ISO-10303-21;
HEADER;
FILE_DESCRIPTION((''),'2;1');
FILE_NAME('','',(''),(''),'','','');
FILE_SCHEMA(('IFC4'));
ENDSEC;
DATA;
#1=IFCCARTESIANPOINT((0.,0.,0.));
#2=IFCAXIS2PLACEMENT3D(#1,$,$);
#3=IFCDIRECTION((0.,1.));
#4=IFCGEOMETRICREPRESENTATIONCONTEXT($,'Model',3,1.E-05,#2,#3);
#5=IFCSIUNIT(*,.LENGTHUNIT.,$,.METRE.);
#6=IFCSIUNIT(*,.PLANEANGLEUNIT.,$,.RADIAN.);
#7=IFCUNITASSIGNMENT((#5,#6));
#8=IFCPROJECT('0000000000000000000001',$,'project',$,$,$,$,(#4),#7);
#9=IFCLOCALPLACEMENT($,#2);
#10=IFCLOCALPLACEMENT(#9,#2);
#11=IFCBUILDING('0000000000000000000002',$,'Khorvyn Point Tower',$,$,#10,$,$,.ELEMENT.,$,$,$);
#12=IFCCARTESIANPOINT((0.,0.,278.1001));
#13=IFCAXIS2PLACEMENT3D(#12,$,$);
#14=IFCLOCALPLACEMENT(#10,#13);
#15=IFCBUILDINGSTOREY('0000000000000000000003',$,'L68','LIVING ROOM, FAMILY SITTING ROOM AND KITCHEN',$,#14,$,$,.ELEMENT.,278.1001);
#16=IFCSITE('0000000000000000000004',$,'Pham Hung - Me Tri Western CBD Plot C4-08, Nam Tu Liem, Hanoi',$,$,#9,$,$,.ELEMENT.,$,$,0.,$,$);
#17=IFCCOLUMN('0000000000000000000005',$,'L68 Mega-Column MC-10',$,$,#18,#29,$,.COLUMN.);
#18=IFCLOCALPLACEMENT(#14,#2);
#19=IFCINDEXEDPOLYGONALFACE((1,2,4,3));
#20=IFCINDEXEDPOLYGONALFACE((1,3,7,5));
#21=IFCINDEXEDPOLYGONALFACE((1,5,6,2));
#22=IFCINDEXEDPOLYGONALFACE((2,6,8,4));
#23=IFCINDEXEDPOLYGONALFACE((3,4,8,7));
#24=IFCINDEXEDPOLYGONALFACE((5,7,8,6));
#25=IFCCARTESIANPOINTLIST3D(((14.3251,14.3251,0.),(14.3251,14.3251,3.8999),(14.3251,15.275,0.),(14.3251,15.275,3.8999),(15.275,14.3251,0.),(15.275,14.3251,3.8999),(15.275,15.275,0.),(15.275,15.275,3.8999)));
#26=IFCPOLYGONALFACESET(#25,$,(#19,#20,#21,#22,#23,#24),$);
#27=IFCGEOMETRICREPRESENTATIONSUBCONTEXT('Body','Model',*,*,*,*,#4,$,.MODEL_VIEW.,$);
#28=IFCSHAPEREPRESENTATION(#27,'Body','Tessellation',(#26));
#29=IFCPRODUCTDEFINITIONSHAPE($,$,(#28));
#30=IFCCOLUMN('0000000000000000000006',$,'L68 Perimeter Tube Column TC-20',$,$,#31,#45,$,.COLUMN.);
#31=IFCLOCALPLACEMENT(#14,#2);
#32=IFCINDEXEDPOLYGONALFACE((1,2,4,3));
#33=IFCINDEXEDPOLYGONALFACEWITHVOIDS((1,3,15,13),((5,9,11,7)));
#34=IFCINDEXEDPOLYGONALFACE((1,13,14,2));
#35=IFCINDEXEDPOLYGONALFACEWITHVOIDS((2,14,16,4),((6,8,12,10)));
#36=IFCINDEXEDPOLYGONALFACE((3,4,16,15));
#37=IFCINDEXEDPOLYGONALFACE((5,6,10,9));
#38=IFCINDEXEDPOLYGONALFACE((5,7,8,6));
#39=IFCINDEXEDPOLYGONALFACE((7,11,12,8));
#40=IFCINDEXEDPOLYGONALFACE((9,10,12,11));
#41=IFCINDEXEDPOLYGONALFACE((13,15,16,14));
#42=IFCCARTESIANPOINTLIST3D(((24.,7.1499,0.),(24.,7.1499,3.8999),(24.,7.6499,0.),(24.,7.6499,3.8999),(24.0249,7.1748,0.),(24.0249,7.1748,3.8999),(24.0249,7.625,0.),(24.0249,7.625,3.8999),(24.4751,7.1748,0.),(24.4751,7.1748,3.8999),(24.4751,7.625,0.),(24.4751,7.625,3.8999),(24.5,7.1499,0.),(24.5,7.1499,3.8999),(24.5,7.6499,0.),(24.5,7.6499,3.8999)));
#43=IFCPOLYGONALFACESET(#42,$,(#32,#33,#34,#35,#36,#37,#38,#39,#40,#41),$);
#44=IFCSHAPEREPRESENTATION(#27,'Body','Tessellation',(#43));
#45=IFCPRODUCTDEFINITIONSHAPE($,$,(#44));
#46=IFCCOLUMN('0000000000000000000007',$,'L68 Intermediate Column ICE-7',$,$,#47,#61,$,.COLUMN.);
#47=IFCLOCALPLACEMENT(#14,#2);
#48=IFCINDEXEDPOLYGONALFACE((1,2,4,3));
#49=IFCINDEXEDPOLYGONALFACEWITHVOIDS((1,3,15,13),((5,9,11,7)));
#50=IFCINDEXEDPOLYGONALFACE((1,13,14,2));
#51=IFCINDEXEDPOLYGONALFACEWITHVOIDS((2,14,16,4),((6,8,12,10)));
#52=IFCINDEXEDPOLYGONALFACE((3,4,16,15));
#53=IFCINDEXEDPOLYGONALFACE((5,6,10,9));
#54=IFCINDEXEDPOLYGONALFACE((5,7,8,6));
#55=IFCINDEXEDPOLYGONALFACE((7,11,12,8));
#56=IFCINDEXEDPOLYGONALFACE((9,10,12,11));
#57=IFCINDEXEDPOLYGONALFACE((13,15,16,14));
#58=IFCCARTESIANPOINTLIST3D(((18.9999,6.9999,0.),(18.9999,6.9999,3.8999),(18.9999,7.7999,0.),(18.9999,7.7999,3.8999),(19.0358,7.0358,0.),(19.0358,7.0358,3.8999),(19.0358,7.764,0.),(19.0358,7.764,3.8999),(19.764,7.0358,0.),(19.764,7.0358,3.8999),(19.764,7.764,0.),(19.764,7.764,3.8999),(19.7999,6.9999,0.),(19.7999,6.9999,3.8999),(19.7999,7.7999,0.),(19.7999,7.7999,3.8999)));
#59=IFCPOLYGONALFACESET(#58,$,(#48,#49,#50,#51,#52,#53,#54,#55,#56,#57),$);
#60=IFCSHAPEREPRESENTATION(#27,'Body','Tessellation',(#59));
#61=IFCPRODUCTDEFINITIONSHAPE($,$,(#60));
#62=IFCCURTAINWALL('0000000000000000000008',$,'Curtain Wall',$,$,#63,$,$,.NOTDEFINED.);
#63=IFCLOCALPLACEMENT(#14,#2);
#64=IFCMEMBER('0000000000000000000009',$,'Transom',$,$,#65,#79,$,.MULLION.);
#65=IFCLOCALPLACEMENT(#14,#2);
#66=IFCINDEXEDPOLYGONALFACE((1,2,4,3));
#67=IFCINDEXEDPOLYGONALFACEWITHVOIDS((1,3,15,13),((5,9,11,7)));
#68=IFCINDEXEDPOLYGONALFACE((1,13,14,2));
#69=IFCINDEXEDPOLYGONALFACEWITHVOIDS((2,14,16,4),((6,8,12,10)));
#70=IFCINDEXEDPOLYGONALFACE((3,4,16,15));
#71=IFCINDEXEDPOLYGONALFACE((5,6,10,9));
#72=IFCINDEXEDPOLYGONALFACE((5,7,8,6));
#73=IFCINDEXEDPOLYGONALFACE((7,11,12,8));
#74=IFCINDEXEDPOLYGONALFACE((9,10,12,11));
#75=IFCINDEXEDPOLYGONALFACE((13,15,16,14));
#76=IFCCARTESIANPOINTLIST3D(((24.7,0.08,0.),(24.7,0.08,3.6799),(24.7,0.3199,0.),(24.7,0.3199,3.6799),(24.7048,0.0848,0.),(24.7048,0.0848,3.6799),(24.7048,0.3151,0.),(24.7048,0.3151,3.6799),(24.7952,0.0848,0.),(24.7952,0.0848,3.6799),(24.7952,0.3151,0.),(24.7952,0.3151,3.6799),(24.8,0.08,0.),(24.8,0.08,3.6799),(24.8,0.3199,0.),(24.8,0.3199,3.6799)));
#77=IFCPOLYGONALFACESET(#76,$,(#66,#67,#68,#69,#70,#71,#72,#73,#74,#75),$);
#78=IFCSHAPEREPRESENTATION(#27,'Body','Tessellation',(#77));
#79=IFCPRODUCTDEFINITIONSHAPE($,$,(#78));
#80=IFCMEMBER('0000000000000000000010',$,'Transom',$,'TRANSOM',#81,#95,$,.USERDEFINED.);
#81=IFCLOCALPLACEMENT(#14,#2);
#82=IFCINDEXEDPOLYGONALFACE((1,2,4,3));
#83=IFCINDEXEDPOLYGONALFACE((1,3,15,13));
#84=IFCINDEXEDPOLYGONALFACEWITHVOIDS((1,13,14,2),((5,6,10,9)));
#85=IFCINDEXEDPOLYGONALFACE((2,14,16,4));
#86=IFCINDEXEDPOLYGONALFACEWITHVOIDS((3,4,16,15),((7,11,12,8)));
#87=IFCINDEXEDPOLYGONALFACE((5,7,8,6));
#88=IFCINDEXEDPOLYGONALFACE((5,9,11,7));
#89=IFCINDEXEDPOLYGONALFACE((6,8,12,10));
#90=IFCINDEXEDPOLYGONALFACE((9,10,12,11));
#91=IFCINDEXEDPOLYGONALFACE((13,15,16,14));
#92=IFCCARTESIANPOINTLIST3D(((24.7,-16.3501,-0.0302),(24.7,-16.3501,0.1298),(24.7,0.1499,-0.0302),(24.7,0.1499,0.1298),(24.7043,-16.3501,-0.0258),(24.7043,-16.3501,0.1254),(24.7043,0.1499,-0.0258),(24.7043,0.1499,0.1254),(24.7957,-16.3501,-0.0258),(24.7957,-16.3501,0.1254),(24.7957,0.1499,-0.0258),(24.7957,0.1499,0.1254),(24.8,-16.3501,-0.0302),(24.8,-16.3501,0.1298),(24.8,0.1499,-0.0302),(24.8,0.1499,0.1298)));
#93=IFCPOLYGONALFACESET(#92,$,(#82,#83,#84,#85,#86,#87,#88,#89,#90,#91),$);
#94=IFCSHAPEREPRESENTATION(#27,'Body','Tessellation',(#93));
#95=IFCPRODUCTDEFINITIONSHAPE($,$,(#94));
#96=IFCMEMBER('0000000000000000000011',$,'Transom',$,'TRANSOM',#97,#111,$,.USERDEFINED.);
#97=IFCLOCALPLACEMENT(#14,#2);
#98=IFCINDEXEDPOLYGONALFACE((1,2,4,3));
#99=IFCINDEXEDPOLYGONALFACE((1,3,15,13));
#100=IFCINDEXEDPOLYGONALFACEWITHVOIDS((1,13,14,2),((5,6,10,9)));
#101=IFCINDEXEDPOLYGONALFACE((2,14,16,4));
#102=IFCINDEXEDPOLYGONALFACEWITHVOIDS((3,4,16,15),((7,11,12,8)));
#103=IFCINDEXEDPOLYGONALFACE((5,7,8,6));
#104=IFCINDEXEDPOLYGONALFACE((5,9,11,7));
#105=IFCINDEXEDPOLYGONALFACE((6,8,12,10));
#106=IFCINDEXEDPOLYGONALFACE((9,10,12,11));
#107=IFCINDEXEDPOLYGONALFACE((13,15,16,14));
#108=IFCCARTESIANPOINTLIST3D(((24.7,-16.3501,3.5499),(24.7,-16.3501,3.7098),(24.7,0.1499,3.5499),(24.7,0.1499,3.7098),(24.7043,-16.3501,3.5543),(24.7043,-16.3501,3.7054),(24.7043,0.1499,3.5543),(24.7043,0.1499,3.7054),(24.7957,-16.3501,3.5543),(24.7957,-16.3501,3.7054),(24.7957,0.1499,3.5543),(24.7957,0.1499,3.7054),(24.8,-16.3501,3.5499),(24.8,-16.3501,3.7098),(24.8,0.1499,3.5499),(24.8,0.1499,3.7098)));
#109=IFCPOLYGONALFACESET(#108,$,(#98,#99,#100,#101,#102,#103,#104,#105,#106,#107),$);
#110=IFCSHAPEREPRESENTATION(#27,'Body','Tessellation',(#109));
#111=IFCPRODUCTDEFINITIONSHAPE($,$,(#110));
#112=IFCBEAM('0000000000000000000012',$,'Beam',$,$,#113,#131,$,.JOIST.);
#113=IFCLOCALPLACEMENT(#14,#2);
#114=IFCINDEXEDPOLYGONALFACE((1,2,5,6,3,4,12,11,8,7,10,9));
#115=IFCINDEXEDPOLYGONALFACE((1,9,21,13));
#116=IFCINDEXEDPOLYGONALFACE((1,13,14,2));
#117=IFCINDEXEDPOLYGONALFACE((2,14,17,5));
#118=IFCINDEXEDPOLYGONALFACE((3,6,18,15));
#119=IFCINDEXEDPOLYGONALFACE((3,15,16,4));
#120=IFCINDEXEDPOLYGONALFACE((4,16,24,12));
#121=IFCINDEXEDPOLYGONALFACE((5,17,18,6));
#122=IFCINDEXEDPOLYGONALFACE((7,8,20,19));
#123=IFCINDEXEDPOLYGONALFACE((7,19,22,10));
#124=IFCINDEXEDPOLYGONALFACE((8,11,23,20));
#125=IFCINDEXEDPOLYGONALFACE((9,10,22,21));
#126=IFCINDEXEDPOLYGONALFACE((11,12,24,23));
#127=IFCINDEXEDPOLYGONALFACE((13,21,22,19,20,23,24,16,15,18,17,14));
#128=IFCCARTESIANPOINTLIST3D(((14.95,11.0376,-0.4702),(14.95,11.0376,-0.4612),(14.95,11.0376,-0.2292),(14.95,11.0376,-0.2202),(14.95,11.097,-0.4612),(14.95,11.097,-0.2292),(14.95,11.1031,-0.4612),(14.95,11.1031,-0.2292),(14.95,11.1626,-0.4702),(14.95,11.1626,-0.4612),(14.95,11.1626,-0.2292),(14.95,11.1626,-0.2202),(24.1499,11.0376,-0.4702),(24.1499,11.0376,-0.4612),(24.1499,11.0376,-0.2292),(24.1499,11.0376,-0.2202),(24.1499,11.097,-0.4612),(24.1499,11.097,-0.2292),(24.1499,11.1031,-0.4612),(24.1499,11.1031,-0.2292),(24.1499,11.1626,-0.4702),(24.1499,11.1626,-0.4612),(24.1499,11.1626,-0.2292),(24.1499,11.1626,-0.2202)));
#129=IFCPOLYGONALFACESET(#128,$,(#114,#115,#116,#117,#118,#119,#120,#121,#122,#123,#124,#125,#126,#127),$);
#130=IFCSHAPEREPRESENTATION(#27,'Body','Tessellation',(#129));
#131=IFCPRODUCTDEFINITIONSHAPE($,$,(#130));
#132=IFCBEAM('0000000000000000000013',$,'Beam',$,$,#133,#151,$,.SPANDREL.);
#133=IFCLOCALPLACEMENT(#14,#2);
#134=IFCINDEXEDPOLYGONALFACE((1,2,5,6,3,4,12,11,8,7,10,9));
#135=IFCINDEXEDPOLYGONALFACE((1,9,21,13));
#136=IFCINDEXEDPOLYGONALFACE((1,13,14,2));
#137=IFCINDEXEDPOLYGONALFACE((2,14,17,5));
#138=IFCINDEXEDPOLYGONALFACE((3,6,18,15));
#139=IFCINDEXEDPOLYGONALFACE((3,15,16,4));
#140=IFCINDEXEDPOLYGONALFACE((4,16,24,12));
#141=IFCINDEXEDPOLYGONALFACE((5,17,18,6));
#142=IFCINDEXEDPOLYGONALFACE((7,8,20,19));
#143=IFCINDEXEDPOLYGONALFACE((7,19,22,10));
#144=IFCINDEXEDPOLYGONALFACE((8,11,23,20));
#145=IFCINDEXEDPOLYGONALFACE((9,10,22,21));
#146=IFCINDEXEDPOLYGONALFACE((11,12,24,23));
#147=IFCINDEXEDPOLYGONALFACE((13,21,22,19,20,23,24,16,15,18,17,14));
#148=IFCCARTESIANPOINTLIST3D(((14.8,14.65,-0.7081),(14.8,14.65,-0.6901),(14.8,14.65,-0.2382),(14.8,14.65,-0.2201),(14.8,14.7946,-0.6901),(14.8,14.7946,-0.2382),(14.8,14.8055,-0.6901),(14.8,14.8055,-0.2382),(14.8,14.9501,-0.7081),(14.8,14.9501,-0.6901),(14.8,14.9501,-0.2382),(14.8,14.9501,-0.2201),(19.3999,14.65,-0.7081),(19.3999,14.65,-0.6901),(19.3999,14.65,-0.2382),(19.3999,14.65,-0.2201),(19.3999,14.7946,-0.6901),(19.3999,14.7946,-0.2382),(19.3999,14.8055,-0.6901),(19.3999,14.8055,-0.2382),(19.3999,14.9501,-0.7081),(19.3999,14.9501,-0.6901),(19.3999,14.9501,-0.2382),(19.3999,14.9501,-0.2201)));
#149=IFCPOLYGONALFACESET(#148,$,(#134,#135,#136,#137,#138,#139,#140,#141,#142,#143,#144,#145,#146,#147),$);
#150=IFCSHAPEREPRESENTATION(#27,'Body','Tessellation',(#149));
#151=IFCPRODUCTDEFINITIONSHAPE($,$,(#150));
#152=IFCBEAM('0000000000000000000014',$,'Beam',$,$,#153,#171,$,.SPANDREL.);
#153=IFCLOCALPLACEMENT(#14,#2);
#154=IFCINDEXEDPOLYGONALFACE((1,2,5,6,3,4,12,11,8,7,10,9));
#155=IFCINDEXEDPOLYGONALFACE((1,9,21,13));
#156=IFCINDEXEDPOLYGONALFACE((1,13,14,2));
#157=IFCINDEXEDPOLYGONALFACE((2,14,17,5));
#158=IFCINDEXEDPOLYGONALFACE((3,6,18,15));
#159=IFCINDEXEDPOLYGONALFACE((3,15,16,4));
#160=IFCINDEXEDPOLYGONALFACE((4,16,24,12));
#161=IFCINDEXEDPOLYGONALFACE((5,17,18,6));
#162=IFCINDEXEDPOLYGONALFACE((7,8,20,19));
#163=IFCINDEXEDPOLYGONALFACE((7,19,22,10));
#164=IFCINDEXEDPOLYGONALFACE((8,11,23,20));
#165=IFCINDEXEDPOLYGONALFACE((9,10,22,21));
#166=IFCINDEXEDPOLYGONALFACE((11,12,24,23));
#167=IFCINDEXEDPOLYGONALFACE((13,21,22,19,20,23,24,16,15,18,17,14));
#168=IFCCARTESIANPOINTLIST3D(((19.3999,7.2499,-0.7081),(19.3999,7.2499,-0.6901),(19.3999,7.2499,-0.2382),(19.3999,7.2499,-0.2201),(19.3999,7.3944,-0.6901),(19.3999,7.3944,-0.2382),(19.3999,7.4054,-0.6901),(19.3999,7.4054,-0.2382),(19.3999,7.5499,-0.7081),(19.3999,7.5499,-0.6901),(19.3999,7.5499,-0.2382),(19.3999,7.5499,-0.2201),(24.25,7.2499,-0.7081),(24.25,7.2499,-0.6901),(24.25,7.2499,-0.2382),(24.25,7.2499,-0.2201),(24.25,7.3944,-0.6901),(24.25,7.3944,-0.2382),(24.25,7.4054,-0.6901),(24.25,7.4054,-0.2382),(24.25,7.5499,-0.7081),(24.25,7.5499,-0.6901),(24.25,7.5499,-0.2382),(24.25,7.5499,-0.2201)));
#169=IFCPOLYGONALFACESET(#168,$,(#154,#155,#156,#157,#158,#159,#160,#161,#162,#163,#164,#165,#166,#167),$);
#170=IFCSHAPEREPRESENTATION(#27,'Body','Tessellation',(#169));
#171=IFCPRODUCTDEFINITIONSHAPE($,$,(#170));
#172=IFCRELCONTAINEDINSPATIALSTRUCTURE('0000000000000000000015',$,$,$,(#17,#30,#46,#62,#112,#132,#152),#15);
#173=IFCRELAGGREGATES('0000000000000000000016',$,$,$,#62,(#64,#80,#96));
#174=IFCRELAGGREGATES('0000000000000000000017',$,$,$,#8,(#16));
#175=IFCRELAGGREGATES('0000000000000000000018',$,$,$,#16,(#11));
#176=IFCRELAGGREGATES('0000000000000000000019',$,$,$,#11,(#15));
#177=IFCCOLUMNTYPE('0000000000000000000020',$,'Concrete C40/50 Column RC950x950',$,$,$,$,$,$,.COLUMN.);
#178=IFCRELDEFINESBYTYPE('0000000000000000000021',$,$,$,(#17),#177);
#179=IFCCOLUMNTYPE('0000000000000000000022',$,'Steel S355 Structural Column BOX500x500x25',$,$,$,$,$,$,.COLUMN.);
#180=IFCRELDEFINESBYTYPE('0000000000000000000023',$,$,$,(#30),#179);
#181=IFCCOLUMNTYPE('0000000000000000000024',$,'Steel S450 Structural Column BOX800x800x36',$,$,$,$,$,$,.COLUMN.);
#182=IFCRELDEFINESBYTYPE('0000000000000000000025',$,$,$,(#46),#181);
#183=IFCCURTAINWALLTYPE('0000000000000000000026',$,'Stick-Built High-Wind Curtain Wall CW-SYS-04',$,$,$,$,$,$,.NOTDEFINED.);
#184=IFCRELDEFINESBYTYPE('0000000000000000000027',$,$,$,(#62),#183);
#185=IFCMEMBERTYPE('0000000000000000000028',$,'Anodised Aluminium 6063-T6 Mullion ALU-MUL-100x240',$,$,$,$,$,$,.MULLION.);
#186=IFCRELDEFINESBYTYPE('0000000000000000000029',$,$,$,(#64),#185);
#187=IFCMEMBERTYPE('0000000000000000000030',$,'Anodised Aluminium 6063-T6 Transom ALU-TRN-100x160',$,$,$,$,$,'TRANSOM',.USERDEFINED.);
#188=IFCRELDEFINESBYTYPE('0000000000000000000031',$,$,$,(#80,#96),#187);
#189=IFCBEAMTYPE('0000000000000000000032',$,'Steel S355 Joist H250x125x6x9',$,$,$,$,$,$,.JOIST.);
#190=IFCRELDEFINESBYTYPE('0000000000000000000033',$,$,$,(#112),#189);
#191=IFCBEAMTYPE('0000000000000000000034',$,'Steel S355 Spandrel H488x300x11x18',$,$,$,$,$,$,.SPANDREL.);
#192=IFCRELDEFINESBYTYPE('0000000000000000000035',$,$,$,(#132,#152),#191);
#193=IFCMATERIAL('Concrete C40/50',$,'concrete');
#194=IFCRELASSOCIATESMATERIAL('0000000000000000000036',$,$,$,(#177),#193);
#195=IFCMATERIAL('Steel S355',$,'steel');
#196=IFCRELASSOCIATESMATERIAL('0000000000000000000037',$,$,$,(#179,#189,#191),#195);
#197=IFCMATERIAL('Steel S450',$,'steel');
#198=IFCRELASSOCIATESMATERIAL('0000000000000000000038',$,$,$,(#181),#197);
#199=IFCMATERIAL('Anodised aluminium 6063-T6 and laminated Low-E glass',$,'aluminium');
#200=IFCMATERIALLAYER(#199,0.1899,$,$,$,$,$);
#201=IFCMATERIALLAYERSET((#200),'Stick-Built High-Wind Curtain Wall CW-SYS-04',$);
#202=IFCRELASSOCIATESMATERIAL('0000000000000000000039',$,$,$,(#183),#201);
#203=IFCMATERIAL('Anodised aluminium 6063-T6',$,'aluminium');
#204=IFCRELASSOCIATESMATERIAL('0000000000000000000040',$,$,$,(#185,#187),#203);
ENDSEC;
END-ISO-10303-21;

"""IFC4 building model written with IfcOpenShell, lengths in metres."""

from ifc_helpers import new_model, si_unit, direction, frame, origin, origin_2d, place, context, subcontext, project, spatial, rectangle, hollow_rectangle, i_section, extrude, material, layer, layer_set, material_profile, profile_set, type_object, element, aggregate, save


model = new_model("IFC4")

# Units and contexts
model_context = context("Model", 3, precision=1e-05, world=origin(), true_north=direction((0.0, 1.0)))
body_context = subcontext(model_context, "Body", "Model", "MODEL_VIEW")
ifc_project = project(units=[si_unit("LENGTHUNIT", "METRE"), si_unit("PLANEANGLEUNIT", "RADIAN")], contexts=[model_context])

# Site, building, storey
site_placement = place(None, origin())
site = spatial("IfcSite", under=ifc_project, at=site_placement, Name="Pham Hung - Me Tri Western CBD Plot C4-08, Nam Tu Liem, Hanoi", CompositionType="ELEMENT", RefElevation=0.0)
building_placement = place(site_placement, origin())
building = spatial("IfcBuilding", under=site, at=building_placement, Name="Khorvyn Point Tower", CompositionType="ELEMENT")
storey_placement = place(building_placement, frame((0.0, 0.0, 278.1001)))
storey = spatial("IfcBuildingStorey", under=building, at=storey_placement, Name="L68", Description="LIVING ROOM, FAMILY SITTING ROOM AND KITCHEN", CompositionType="ELEMENT", Elevation=278.1001)

# Columns
ifc_material_1 = material(Name="Concrete C40/50", Category="concrete")
ifc_material_profile_1 = material_profile(ifc_material_1, rectangle(XDim=0.95, YDim=0.95, at=origin_2d()))
ifc_profile_set_1 = profile_set([ifc_material_profile_1], Name="Concrete C40/50 RC950x950")
column_type_1 = type_object("IfcColumnType", Name="Concrete C40/50 Column RC950x950", PredefinedType="COLUMN", material=ifc_profile_set_1)
column_1_placement = place(storey_placement, frame((14.8, 14.8, 0.0), z_axis=(0.0, 0.0, 1.0), x_axis=(1.0, 0.0, 0.0)))
element("IfcColumn", 1, at=column_1_placement, inside=storey, type_object=column_type_1, Name="L68 Mega-Column MC-10", PredefinedType="COLUMN", context=body_context, shape_type="SweptSolid", body=[
    extrude(rectangle(XDim=0.95, YDim=0.95, at=origin_2d()), origin(), (0.0, 0.0, 1.0), 3.8999),
])
ifc_material_2 = material(Name="Steel S355", Category="steel")
ifc_material_profile_2 = material_profile(ifc_material_2, hollow_rectangle(XDim=0.5, YDim=0.5, WallThickness=0.0249, at=origin_2d()))
ifc_profile_set_2 = profile_set([ifc_material_profile_2], Name="Steel S355 BOX500x500x25")
column_type_2 = type_object("IfcColumnType", Name="Steel S355 Structural Column BOX500x500x25", PredefinedType="COLUMN", material=ifc_profile_set_2)
column_2_placement = place(storey_placement, frame((24.25, 7.3999, 0.0), z_axis=(0.0, 0.0, 1.0), x_axis=(1.0, 0.0, 0.0)))
element("IfcColumn", 2, at=column_2_placement, inside=storey, type_object=column_type_2, Name="L68 Perimeter Tube Column TC-20", PredefinedType="COLUMN", context=body_context, shape_type="SweptSolid", body=[
    extrude(hollow_rectangle(XDim=0.5, YDim=0.5, WallThickness=0.0249, at=origin_2d()), origin(), (0.0, 0.0, 1.0), 3.8999),
])
ifc_material_3 = material(Name="Steel S450", Category="steel")
ifc_material_profile_3 = material_profile(ifc_material_3, hollow_rectangle(XDim=0.8, YDim=0.8, WallThickness=0.0359, at=origin_2d()))
ifc_profile_set_3 = profile_set([ifc_material_profile_3], Name="Steel S450 BOX800x800x36")
column_type_3 = type_object("IfcColumnType", Name="Steel S450 Structural Column BOX800x800x36", PredefinedType="COLUMN", material=ifc_profile_set_3)
column_3_placement = place(storey_placement, frame((19.3999, 7.3999, 0.0), z_axis=(0.0, 0.0, 1.0), x_axis=(1.0, 0.0, 0.0)))
element("IfcColumn", 3, at=column_3_placement, inside=storey, type_object=column_type_3, Name="L68 Intermediate Column ICE-7", PredefinedType="COLUMN", context=body_context, shape_type="SweptSolid", body=[
    extrude(hollow_rectangle(XDim=0.8, YDim=0.8, WallThickness=0.0359, at=origin_2d()), origin(), (0.0, 0.0, 1.0), 3.8999),
])

# Curtain wall, members
ifc_material_4 = material(Name="Anodised aluminium 6063-T6 and laminated Low-E glass", Category="aluminium")
ifc_layer_1 = layer(ifc_material_4, 0.1899)
ifc_layer_set_1 = layer_set([ifc_layer_1], Name="Stick-Built High-Wind Curtain Wall CW-SYS-04")
curtain_wall_type = type_object("IfcCurtainWallType", Name="Stick-Built High-Wind Curtain Wall CW-SYS-04", PredefinedType="NOTDEFINED", material=ifc_layer_set_1)
curtain_wall_placement = place(storey_placement, origin())
curtain_wall = element("IfcCurtainWall", 4, at=curtain_wall_placement, inside=storey, type_object=curtain_wall_type, Name="Curtain Wall", PredefinedType="NOTDEFINED")
ifc_material_5 = material(Name="Anodised aluminium 6063-T6", Category="aluminium")
ifc_material_profile_4 = material_profile(ifc_material_5, hollow_rectangle(XDim=0.1001, YDim=0.24, WallThickness=0.0049, at=origin_2d()))
ifc_profile_set_4 = profile_set([ifc_material_profile_4], Name="Anodised aluminium 6063-T6 ALU-MUL-100x240")
member_type_1 = type_object("IfcMemberType", Name="Anodised Aluminium 6063-T6 Mullion ALU-MUL-100x240", PredefinedType="MULLION", material=ifc_profile_set_4)
member_1_placement = place(storey_placement, frame((24.75, 0.2, 0.0), z_axis=(0.0, 0.0, 1.0), x_axis=(1.0, 0.0, 0.0)))
member_1 = element("IfcMember", 5, at=member_1_placement, type_object=member_type_1, Name="Transom", PredefinedType="MULLION", context=body_context, shape_type="SweptSolid", body=[
    extrude(hollow_rectangle(XDim=0.1001, YDim=0.24, WallThickness=0.0049, at=origin_2d()), origin(), (0.0, 0.0, 1.0), 3.6799),
])
ifc_material_profile_5 = material_profile(ifc_material_5, hollow_rectangle(XDim=0.1001, YDim=0.1599, WallThickness=0.0044, at=origin_2d()))
ifc_profile_set_5 = profile_set([ifc_material_profile_5], Name="Anodised aluminium 6063-T6 ALU-TRN-100x160")
member_type_2 = type_object("IfcMemberType", Name="Anodised Aluminium 6063-T6 Transom ALU-TRN-100x160", ElementType="TRANSOM", PredefinedType="USERDEFINED", material=ifc_profile_set_5)
member_2_placement = place(storey_placement, frame((24.75, 0.1499, 0.0498), z_axis=(0.0, -1.0, 0.0), x_axis=(1.0, 0.0, 0.0)))
member_2 = element("IfcMember", 6, at=member_2_placement, type_object=member_type_2, Name="Transom", ObjectType="TRANSOM", PredefinedType="USERDEFINED", context=body_context, shape_type="SweptSolid", body=[
    extrude(hollow_rectangle(XDim=0.1001, YDim=0.1599, WallThickness=0.0044, at=origin_2d()), origin(), (0.0, 0.0, 1.0), 16.5),
])
member_3_placement = place(storey_placement, frame((24.75, 0.1499, 3.6299), z_axis=(0.0, -1.0, 0.0), x_axis=(1.0, 0.0, 0.0)))
member_3 = element("IfcMember", 7, at=member_3_placement, type_object=member_type_2, Name="Transom", ObjectType="TRANSOM", PredefinedType="USERDEFINED", context=body_context, shape_type="SweptSolid", body=[
    extrude(hollow_rectangle(XDim=0.1001, YDim=0.1599, WallThickness=0.0044, at=origin_2d()), origin(), (0.0, 0.0, 1.0), 16.5),
])

# Beams
ifc_material_profile_6 = material_profile(ifc_material_2, i_section(OverallWidth=0.125, OverallDepth=0.25, WebThickness=0.0061, FlangeThickness=0.009, at=origin_2d()))
ifc_profile_set_6 = profile_set([ifc_material_profile_6], Name="Steel S355 H250x125x6x9")
beam_type_1 = type_object("IfcBeamType", Name="Steel S355 Joist H250x125x6x9", PredefinedType="JOIST", material=ifc_profile_set_6)
beam_1_placement = place(storey_placement, frame((14.95, 11.1001, -0.3452), z_axis=(1.0, 0.0, 0.0), x_axis=(0.0, 1.0, 0.0)))
element("IfcBeam", 8, at=beam_1_placement, inside=storey, type_object=beam_type_1, Name="Beam", PredefinedType="JOIST", context=body_context, shape_type="SweptSolid", body=[
    extrude(i_section(OverallWidth=0.125, OverallDepth=0.25, WebThickness=0.0061, FlangeThickness=0.009, at=origin_2d()), origin(), (0.0, 0.0, 1.0), 9.2),
])
ifc_material_profile_7 = material_profile(ifc_material_2, i_section(OverallWidth=0.3, OverallDepth=0.488, WebThickness=0.011, FlangeThickness=0.0181, at=origin_2d()))
ifc_profile_set_7 = profile_set([ifc_material_profile_7], Name="Steel S355 H488x300x11x18")
beam_type_2 = type_object("IfcBeamType", Name="Steel S355 Spandrel H488x300x11x18", PredefinedType="SPANDREL", material=ifc_profile_set_7)
beam_2_placement = place(storey_placement, frame((14.8, 14.8, -0.4641), z_axis=(1.0, 0.0, 0.0), x_axis=(0.0, 1.0, 0.0)))
element("IfcBeam", 9, at=beam_2_placement, inside=storey, type_object=beam_type_2, Name="Beam", PredefinedType="SPANDREL", context=body_context, shape_type="SweptSolid", body=[
    extrude(i_section(OverallWidth=0.3, OverallDepth=0.488, WebThickness=0.011, FlangeThickness=0.0181, at=origin_2d()), origin(), (0.0, 0.0, 1.0), 4.5999),
])
beam_3_placement = place(storey_placement, frame((19.3999, 7.3999, -0.4641), z_axis=(1.0, 0.0, 0.0), x_axis=(0.0, 1.0, 0.0)))
element("IfcBeam", 10, at=beam_3_placement, inside=storey, type_object=beam_type_2, Name="Beam", PredefinedType="SPANDREL", context=body_context, shape_type="SweptSolid", body=[
    extrude(i_section(OverallWidth=0.3, OverallDepth=0.488, WebThickness=0.011, FlangeThickness=0.0181, at=origin_2d()), origin(), (0.0, 0.0, 1.0), 4.8501),
])

aggregate(curtain_wall, [member_1, member_2, member_3])

save(model, "model.ifc")
